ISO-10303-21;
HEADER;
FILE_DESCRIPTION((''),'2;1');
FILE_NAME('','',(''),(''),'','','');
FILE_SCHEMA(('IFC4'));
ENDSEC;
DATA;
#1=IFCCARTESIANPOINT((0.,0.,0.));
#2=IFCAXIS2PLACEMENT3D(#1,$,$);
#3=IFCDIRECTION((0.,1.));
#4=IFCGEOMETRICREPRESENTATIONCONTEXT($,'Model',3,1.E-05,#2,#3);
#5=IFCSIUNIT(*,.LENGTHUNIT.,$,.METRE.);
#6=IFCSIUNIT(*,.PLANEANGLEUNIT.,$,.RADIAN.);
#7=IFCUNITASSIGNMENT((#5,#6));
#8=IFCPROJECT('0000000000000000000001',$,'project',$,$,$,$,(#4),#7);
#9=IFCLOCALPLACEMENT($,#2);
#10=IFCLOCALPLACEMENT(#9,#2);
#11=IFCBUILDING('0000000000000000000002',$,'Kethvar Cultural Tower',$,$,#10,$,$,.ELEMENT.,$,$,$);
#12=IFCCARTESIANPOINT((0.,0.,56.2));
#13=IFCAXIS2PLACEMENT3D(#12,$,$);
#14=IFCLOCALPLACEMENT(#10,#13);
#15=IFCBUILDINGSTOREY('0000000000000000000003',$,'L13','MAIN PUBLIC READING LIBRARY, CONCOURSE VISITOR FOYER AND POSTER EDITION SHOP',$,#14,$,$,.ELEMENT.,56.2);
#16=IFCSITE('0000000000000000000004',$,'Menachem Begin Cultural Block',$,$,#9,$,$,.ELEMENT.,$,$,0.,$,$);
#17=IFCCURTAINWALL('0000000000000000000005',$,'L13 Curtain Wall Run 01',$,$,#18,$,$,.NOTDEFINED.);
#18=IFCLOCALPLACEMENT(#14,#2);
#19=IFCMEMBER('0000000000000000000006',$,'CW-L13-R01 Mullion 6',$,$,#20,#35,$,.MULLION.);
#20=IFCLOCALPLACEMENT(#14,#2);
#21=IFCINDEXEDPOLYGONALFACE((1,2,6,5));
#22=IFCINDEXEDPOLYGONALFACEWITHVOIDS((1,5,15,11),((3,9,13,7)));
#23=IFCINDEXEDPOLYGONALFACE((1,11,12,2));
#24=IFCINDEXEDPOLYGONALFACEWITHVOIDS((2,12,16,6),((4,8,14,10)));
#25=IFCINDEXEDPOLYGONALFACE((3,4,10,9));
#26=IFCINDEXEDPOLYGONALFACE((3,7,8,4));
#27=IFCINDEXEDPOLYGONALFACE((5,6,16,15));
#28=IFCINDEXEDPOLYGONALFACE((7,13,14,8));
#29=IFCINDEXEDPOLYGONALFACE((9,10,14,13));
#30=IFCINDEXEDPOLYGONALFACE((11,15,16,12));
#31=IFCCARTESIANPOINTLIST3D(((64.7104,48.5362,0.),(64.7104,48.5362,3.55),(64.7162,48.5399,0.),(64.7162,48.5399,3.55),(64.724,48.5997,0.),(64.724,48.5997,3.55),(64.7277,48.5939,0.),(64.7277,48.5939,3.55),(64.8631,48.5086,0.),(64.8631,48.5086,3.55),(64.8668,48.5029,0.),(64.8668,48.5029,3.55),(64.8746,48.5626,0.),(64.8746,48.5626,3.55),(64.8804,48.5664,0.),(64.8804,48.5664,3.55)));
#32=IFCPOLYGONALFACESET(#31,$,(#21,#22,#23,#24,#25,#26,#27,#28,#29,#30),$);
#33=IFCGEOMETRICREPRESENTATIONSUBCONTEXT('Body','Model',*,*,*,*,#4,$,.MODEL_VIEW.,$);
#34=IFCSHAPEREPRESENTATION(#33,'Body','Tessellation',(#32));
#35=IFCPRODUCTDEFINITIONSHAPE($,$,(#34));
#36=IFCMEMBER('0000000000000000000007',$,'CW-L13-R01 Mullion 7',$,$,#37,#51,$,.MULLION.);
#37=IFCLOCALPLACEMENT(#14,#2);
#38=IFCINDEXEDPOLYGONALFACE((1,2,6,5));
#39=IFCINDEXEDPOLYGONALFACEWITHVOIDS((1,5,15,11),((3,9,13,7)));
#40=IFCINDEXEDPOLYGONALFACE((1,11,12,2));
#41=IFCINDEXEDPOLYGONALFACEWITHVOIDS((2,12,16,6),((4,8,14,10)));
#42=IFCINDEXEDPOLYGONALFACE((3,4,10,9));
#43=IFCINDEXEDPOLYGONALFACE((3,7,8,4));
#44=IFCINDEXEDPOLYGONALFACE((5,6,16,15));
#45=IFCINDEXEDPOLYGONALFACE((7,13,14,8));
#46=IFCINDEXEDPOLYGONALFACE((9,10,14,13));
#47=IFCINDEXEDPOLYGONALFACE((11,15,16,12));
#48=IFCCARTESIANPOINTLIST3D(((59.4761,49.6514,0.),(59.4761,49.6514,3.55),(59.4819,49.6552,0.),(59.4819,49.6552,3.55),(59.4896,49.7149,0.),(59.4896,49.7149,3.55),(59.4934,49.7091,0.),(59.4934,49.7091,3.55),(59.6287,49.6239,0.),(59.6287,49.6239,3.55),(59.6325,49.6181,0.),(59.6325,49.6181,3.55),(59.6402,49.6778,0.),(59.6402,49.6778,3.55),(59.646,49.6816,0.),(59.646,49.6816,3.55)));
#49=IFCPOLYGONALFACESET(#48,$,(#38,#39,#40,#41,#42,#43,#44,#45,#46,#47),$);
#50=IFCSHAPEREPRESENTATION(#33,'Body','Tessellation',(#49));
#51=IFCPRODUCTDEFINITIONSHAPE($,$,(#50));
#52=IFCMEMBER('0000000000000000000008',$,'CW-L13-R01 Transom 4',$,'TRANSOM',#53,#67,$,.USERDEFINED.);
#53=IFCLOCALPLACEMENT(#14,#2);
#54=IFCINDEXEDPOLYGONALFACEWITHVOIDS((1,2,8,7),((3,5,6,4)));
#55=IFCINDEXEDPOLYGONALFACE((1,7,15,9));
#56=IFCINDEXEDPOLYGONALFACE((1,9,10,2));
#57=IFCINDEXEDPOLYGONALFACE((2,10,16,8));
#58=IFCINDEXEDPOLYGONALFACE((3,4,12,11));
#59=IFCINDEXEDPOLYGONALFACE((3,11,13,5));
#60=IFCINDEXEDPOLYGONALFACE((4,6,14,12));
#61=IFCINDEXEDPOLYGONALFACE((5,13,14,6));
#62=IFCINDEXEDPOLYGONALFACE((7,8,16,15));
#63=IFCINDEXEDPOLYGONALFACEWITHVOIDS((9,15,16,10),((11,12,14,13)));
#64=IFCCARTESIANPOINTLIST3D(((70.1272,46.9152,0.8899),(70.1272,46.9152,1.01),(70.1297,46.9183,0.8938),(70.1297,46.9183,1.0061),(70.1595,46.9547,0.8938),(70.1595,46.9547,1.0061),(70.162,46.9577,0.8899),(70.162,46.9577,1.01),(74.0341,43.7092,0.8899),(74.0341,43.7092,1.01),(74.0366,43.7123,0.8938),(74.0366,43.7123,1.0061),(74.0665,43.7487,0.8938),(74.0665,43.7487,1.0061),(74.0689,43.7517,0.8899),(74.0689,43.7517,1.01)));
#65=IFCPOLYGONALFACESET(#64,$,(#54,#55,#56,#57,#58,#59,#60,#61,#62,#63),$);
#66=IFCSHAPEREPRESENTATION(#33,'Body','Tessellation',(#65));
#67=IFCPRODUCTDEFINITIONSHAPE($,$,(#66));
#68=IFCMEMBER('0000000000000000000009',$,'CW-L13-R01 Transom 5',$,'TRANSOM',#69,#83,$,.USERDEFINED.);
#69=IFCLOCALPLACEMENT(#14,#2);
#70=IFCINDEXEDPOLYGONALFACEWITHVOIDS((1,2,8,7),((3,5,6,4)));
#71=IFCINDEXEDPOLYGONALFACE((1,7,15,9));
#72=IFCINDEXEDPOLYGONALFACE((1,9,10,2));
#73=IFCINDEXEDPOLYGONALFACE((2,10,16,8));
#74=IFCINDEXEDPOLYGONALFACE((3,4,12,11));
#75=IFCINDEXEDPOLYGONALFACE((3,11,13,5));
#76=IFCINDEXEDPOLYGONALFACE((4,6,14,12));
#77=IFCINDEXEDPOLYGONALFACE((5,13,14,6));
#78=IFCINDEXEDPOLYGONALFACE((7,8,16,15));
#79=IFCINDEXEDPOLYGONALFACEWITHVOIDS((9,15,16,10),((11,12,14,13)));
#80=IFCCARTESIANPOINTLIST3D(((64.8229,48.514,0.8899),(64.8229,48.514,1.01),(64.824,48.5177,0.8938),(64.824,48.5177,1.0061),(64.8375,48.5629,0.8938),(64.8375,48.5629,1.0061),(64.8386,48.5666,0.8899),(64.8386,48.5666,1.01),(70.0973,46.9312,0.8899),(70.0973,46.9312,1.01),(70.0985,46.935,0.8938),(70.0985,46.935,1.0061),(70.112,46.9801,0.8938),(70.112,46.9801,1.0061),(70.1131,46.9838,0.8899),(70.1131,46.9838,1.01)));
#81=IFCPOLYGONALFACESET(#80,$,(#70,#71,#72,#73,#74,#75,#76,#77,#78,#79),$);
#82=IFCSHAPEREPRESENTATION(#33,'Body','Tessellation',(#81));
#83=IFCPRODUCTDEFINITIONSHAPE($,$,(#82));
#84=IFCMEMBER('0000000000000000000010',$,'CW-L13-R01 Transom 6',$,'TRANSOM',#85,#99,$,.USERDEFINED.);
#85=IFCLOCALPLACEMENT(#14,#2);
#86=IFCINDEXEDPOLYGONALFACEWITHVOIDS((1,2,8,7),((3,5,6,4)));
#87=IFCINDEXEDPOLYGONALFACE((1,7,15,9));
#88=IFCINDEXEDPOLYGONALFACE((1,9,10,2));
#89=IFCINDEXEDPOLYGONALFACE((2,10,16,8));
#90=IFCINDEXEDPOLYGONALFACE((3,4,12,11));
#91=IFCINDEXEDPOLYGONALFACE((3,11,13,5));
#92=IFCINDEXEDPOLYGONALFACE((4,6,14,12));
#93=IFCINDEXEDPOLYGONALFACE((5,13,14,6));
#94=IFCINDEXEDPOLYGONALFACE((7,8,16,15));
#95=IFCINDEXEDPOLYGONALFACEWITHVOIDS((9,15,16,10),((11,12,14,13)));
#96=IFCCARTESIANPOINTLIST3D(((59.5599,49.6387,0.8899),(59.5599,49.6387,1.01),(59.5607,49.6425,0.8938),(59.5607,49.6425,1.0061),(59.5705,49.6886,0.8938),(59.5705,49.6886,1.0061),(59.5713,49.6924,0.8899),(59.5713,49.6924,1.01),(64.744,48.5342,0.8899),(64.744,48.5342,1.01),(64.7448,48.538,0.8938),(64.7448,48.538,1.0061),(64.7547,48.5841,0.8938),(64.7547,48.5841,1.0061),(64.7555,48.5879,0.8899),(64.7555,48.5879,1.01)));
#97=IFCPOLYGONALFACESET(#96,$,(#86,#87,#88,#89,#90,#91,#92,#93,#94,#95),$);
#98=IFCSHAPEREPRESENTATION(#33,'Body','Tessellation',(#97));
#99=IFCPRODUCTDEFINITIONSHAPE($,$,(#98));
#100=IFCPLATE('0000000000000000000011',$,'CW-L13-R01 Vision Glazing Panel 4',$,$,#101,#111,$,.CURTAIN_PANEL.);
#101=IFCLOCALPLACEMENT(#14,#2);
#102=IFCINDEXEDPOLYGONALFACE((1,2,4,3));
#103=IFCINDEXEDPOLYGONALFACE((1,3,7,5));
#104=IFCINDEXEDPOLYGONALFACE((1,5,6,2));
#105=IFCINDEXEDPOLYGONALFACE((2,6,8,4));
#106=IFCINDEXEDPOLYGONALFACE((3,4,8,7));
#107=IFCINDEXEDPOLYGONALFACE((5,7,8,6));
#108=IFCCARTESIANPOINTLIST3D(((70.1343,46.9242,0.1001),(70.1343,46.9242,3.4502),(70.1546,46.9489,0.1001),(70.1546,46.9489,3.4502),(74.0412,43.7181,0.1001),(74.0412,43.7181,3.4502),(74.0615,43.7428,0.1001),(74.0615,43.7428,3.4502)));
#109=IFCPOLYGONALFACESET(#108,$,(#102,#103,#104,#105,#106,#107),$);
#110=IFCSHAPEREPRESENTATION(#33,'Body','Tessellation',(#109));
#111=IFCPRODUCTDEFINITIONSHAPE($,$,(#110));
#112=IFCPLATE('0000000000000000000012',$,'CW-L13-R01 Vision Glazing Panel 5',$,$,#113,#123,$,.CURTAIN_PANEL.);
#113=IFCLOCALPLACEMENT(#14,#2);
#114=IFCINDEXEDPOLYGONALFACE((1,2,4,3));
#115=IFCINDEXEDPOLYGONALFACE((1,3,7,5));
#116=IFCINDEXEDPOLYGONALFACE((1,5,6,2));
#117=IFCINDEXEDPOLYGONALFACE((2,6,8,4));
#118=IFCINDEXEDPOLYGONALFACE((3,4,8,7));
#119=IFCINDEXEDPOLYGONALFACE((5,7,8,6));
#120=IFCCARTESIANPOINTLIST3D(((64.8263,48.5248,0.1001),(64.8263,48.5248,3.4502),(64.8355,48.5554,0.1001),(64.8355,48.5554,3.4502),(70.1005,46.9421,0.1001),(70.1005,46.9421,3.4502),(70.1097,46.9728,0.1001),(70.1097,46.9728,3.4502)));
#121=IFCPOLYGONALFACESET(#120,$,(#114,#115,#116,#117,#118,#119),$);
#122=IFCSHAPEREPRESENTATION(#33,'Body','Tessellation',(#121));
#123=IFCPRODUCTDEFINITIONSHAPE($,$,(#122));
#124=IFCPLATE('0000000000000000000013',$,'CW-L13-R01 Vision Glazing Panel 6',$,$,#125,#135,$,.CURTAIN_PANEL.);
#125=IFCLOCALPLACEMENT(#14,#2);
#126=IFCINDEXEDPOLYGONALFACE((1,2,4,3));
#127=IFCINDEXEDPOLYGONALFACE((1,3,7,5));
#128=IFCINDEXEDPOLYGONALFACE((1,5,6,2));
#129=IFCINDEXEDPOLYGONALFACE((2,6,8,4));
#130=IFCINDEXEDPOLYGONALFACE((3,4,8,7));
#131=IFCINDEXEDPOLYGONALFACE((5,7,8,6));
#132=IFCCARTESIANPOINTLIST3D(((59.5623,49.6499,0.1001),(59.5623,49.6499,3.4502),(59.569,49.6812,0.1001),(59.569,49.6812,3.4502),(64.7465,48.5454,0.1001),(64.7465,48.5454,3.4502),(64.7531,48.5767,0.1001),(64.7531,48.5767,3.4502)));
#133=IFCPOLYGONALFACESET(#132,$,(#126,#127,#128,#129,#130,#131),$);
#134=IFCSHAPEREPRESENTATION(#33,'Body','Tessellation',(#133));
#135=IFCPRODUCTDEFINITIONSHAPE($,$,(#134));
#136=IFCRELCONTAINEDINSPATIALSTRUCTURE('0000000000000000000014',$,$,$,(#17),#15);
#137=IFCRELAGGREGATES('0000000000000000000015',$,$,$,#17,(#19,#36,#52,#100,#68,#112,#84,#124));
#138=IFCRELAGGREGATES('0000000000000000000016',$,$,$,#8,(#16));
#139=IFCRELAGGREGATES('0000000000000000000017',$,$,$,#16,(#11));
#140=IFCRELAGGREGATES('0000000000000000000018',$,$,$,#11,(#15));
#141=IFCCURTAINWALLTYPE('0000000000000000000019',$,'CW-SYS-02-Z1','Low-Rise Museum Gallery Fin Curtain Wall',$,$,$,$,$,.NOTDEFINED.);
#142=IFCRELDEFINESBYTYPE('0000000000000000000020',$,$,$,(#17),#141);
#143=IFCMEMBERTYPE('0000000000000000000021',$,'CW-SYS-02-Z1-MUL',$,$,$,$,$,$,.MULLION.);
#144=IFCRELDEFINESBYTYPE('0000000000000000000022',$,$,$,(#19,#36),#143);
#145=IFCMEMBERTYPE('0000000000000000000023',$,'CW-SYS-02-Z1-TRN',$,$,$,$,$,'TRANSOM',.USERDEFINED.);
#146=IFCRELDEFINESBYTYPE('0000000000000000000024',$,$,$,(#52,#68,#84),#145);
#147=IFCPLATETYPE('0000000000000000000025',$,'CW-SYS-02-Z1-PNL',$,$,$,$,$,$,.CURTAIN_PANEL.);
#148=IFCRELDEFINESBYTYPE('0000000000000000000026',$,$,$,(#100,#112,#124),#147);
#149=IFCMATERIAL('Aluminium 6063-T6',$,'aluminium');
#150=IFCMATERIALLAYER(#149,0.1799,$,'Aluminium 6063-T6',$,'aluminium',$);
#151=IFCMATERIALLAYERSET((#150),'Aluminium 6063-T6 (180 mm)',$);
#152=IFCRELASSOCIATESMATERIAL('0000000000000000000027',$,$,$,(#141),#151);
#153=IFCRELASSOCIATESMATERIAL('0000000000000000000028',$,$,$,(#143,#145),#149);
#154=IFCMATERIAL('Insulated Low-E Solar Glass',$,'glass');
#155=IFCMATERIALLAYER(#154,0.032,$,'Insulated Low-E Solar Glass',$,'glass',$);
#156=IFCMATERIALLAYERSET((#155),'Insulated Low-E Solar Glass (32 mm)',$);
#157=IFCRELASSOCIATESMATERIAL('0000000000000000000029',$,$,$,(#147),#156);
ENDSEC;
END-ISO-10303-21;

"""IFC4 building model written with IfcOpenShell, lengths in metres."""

from ifc_helpers import new_model, si_unit, direction, frame, origin, origin_2d, place, context, subcontext, project, spatial, rectangle, hollow_rectangle, extrude, source, transform, mapped, material, layer, layer_set, material_profile, profile_set, type_object, element, aggregate, save


model = new_model("IFC4")

# Units and contexts
model_context = context("Model", 3, precision=1e-05, world=origin(), true_north=direction((0.0, 1.0)))
body_context = subcontext(model_context, "Body", "Model", "MODEL_VIEW")
ifc_project = project(units=[si_unit("LENGTHUNIT", "METRE"), si_unit("PLANEANGLEUNIT", "RADIAN")], contexts=[model_context])

# Site, building, storey
site_placement = place(None, origin())
site = spatial("IfcSite", under=ifc_project, at=site_placement, Name="Menachem Begin Cultural Block", CompositionType="ELEMENT", RefElevation=0.0)
building_placement = place(site_placement, origin())
building = spatial("IfcBuilding", under=site, at=building_placement, Name="Kethvar Cultural Tower", CompositionType="ELEMENT")
storey_placement = place(building_placement, frame((0.0, 0.0, 56.2)))
storey = spatial("IfcBuildingStorey", under=building, at=storey_placement, Name="L13", Description="MAIN PUBLIC READING LIBRARY, CONCOURSE VISITOR FOYER AND POSTER EDITION SHOP", CompositionType="ELEMENT", Elevation=56.2)

# Curtain wall, members, plates
ifc_material_1 = material(Name="Aluminium 6063-T6", Category="aluminium")
ifc_layer_1 = layer(ifc_material_1, 0.1799, Name="Aluminium 6063-T6", Category="aluminium")
ifc_layer_set_1 = layer_set([ifc_layer_1], Name="Aluminium 6063-T6 (180 mm)")
curtain_wall_type = type_object("IfcCurtainWallType", Name="CW-SYS-02-Z1", Description="Low-Rise Museum Gallery Fin Curtain Wall", PredefinedType="NOTDEFINED", material=ifc_layer_set_1)
curtain_wall_placement = place(storey_placement, origin())
curtain_wall = element("IfcCurtainWall", 1, at=curtain_wall_placement, inside=storey, type_object=curtain_wall_type, Name="L13 Curtain Wall Run 01", PredefinedType="NOTDEFINED")
ifc_material_profile_1 = material_profile(ifc_material_1, hollow_rectangle(XDim=0.0649, YDim=0.1599, WallThickness=0.0049, at=origin_2d()), Name="Aluminium 6063-T6 — RHS160x65x5")
ifc_profile_set_1 = profile_set([ifc_material_profile_1], Name="Aluminium 6063-T6 — RHS160x65x5")
member_type_1 = type_object("IfcMemberType", Name="CW-SYS-02-Z1-MUL", PredefinedType="MULLION", material=ifc_profile_set_1)
shared_shape_1 = source(origin(), body_context, "Body", "SweptSolid", [
    extrude(hollow_rectangle(XDim=0.0649, YDim=0.1599, WallThickness=0.0049, at=origin_2d()), origin(), (0.0, 0.0, 1.0), 3.55),
])
member_1_placement = place(storey_placement, frame((64.7954, 48.5513, 0.0), z_axis=(0.0, 0.0, 1.0), x_axis=(-0.208373, -0.97805, 0.0)))
member_1 = element("IfcMember", 2, at=member_1_placement, type_object=member_type_1, Name="CW-L13-R01 Mullion 6", PredefinedType="MULLION", context=body_context, shape_type="MappedRepresentation", body=[
    mapped(shared_shape_1, transform((0.0, 0.0, 0.0), scale=1.0)),
])
member_2_placement = place(storey_placement, frame((59.561, 49.6665, 0.0), z_axis=(0.0, 0.0, 1.0), x_axis=(-0.208373, -0.97805, 0.0)))
member_2 = element("IfcMember", 3, at=member_2_placement, type_object=member_type_1, Name="CW-L13-R01 Mullion 7", PredefinedType="MULLION", context=body_context, shape_type="MappedRepresentation", body=[
    mapped(shared_shape_1, transform((0.0, 0.0, 0.0), scale=1.0)),
])
ifc_material_profile_2 = material_profile(ifc_material_1, hollow_rectangle(XDim=0.0549, YDim=0.1201, WallThickness=0.0039, at=origin_2d()), Name="Aluminium 6063-T6 — RHS120x55x4")
ifc_profile_set_2 = profile_set([ifc_material_profile_2], Name="Aluminium 6063-T6 — RHS120x55x4")
member_type_2 = type_object("IfcMemberType", Name="CW-SYS-02-Z1-TRN", ElementType="TRANSOM", PredefinedType="USERDEFINED", material=ifc_profile_set_2)
shared_shape_2 = source(origin(), body_context, "Body", "SweptSolid", [
    extrude(hollow_rectangle(XDim=0.0549, YDim=0.1201, WallThickness=0.0039, at=origin_2d()), origin(), (0.0, 0.0, 1.0), 5.054),
])
member_3_placement = place(storey_placement, frame((74.0515, 43.7305, 0.95), z_axis=(-0.773042, 0.634355, 0.0), x_axis=(-0.634355, -0.773042, 0.0)))
member_3 = element("IfcMember", 4, at=member_3_placement, type_object=member_type_2, Name="CW-L13-R01 Transom 4", ObjectType="TRANSOM", PredefinedType="USERDEFINED", context=body_context, shape_type="MappedRepresentation", body=[
    mapped(shared_shape_2, transform((0.0, 0.0, 0.0), scale=1.0)),
])
shared_shape_3 = source(origin(), body_context, "Body", "SweptSolid", [
    extrude(hollow_rectangle(XDim=0.0549, YDim=0.1201, WallThickness=0.0039, at=origin_2d()), origin(), (0.0, 0.0, 1.0), 5.5068),
])
member_4_placement = place(storey_placement, frame((70.1052, 46.9575, 0.95), z_axis=(-0.957804, 0.287421, 0.0), x_axis=(-0.287421, -0.957804, 0.0)))
member_4 = element("IfcMember", 5, at=member_4_placement, type_object=member_type_2, Name="CW-L13-R01 Transom 5", ObjectType="TRANSOM", PredefinedType="USERDEFINED", context=body_context, shape_type="MappedRepresentation", body=[
    mapped(shared_shape_3, transform((0.0, 0.0, 0.0), scale=1.0)),
])
shared_shape_4 = source(origin(), body_context, "Body", "SweptSolid", [
    extrude(hollow_rectangle(XDim=0.0549, YDim=0.1201, WallThickness=0.0039, at=origin_2d()), origin(), (0.0, 0.0, 1.0), 5.3005),
])
member_5_placement = place(storey_placement, frame((64.7498, 48.561, 0.95), z_axis=(-0.978048, 0.208378, 0.0), x_axis=(-0.208378, -0.978048, 0.0)))
member_5 = element("IfcMember", 6, at=member_5_placement, type_object=member_type_2, Name="CW-L13-R01 Transom 6", ObjectType="TRANSOM", PredefinedType="USERDEFINED", context=body_context, shape_type="MappedRepresentation", body=[
    mapped(shared_shape_4, transform((0.0, 0.0, 0.0), scale=1.0)),
])
ifc_material_2 = material(Name="Insulated Low-E Solar Glass", Category="glass")
ifc_layer_2 = layer(ifc_material_2, 0.032, Name="Insulated Low-E Solar Glass", Category="glass")
ifc_layer_set_2 = layer_set([ifc_layer_2], Name="Insulated Low-E Solar Glass (32 mm)")
plate_type = type_object("IfcPlateType", Name="CW-SYS-02-Z1-PNL", PredefinedType="CURTAIN_PANEL", material=ifc_layer_set_2)
shared_shape_5 = source(origin(), body_context, "Body", "SweptSolid", [
    extrude(rectangle(XDim=5.054, YDim=0.032, at=origin_2d()), origin(), (0.0, 0.0, 1.0), 3.3501),
])
plate_1_placement = place(storey_placement, frame((72.0979, 45.3335, 0.1001), z_axis=(0.0, 0.0, 1.0), x_axis=(-0.773033, 0.634366, 0.0)))
plate_1 = element("IfcPlate", 7, at=plate_1_placement, type_object=plate_type, Name="CW-L13-R01 Vision Glazing Panel 4", PredefinedType="CURTAIN_PANEL", context=body_context, shape_type="MappedRepresentation", body=[
    mapped(shared_shape_5, transform((0.0, 0.0, 0.0), scale=1.0)),
])
shared_shape_6 = source(origin(), body_context, "Body", "SweptSolid", [
    extrude(rectangle(XDim=5.5066, YDim=0.032, at=origin_2d()), origin(), (0.0, 0.0, 1.0), 3.3501),
])
plate_2_placement = place(storey_placement, frame((67.468, 47.7488, 0.1001), z_axis=(0.0, 0.0, 1.0), x_axis=(-0.957807, 0.287411, 0.0)))
plate_2 = element("IfcPlate", 8, at=plate_2_placement, type_object=plate_type, Name="CW-L13-R01 Vision Glazing Panel 5", PredefinedType="CURTAIN_PANEL", context=body_context, shape_type="MappedRepresentation", body=[
    mapped(shared_shape_6, transform((0.0, 0.0, 0.0), scale=1.0)),
])
shared_shape_7 = source(origin(), body_context, "Body", "SweptSolid", [
    extrude(rectangle(XDim=5.3005, YDim=0.032, at=origin_2d()), origin(), (0.0, 0.0, 1.0), 3.3501),
])
plate_3_placement = place(storey_placement, frame((62.1577, 49.1133, 0.1001), z_axis=(0.0, 0.0, 1.0), x_axis=(-0.97805, 0.208373, 0.0)))
plate_3 = element("IfcPlate", 9, at=plate_3_placement, type_object=plate_type, Name="CW-L13-R01 Vision Glazing Panel 6", PredefinedType="CURTAIN_PANEL", context=body_context, shape_type="MappedRepresentation", body=[
    mapped(shared_shape_7, transform((0.0, 0.0, 0.0), scale=1.0)),
])
aggregate(curtain_wall, [member_1, member_2, member_3, plate_1, member_4, plate_2, member_5, plate_3])

save(model, "model.ifc")
